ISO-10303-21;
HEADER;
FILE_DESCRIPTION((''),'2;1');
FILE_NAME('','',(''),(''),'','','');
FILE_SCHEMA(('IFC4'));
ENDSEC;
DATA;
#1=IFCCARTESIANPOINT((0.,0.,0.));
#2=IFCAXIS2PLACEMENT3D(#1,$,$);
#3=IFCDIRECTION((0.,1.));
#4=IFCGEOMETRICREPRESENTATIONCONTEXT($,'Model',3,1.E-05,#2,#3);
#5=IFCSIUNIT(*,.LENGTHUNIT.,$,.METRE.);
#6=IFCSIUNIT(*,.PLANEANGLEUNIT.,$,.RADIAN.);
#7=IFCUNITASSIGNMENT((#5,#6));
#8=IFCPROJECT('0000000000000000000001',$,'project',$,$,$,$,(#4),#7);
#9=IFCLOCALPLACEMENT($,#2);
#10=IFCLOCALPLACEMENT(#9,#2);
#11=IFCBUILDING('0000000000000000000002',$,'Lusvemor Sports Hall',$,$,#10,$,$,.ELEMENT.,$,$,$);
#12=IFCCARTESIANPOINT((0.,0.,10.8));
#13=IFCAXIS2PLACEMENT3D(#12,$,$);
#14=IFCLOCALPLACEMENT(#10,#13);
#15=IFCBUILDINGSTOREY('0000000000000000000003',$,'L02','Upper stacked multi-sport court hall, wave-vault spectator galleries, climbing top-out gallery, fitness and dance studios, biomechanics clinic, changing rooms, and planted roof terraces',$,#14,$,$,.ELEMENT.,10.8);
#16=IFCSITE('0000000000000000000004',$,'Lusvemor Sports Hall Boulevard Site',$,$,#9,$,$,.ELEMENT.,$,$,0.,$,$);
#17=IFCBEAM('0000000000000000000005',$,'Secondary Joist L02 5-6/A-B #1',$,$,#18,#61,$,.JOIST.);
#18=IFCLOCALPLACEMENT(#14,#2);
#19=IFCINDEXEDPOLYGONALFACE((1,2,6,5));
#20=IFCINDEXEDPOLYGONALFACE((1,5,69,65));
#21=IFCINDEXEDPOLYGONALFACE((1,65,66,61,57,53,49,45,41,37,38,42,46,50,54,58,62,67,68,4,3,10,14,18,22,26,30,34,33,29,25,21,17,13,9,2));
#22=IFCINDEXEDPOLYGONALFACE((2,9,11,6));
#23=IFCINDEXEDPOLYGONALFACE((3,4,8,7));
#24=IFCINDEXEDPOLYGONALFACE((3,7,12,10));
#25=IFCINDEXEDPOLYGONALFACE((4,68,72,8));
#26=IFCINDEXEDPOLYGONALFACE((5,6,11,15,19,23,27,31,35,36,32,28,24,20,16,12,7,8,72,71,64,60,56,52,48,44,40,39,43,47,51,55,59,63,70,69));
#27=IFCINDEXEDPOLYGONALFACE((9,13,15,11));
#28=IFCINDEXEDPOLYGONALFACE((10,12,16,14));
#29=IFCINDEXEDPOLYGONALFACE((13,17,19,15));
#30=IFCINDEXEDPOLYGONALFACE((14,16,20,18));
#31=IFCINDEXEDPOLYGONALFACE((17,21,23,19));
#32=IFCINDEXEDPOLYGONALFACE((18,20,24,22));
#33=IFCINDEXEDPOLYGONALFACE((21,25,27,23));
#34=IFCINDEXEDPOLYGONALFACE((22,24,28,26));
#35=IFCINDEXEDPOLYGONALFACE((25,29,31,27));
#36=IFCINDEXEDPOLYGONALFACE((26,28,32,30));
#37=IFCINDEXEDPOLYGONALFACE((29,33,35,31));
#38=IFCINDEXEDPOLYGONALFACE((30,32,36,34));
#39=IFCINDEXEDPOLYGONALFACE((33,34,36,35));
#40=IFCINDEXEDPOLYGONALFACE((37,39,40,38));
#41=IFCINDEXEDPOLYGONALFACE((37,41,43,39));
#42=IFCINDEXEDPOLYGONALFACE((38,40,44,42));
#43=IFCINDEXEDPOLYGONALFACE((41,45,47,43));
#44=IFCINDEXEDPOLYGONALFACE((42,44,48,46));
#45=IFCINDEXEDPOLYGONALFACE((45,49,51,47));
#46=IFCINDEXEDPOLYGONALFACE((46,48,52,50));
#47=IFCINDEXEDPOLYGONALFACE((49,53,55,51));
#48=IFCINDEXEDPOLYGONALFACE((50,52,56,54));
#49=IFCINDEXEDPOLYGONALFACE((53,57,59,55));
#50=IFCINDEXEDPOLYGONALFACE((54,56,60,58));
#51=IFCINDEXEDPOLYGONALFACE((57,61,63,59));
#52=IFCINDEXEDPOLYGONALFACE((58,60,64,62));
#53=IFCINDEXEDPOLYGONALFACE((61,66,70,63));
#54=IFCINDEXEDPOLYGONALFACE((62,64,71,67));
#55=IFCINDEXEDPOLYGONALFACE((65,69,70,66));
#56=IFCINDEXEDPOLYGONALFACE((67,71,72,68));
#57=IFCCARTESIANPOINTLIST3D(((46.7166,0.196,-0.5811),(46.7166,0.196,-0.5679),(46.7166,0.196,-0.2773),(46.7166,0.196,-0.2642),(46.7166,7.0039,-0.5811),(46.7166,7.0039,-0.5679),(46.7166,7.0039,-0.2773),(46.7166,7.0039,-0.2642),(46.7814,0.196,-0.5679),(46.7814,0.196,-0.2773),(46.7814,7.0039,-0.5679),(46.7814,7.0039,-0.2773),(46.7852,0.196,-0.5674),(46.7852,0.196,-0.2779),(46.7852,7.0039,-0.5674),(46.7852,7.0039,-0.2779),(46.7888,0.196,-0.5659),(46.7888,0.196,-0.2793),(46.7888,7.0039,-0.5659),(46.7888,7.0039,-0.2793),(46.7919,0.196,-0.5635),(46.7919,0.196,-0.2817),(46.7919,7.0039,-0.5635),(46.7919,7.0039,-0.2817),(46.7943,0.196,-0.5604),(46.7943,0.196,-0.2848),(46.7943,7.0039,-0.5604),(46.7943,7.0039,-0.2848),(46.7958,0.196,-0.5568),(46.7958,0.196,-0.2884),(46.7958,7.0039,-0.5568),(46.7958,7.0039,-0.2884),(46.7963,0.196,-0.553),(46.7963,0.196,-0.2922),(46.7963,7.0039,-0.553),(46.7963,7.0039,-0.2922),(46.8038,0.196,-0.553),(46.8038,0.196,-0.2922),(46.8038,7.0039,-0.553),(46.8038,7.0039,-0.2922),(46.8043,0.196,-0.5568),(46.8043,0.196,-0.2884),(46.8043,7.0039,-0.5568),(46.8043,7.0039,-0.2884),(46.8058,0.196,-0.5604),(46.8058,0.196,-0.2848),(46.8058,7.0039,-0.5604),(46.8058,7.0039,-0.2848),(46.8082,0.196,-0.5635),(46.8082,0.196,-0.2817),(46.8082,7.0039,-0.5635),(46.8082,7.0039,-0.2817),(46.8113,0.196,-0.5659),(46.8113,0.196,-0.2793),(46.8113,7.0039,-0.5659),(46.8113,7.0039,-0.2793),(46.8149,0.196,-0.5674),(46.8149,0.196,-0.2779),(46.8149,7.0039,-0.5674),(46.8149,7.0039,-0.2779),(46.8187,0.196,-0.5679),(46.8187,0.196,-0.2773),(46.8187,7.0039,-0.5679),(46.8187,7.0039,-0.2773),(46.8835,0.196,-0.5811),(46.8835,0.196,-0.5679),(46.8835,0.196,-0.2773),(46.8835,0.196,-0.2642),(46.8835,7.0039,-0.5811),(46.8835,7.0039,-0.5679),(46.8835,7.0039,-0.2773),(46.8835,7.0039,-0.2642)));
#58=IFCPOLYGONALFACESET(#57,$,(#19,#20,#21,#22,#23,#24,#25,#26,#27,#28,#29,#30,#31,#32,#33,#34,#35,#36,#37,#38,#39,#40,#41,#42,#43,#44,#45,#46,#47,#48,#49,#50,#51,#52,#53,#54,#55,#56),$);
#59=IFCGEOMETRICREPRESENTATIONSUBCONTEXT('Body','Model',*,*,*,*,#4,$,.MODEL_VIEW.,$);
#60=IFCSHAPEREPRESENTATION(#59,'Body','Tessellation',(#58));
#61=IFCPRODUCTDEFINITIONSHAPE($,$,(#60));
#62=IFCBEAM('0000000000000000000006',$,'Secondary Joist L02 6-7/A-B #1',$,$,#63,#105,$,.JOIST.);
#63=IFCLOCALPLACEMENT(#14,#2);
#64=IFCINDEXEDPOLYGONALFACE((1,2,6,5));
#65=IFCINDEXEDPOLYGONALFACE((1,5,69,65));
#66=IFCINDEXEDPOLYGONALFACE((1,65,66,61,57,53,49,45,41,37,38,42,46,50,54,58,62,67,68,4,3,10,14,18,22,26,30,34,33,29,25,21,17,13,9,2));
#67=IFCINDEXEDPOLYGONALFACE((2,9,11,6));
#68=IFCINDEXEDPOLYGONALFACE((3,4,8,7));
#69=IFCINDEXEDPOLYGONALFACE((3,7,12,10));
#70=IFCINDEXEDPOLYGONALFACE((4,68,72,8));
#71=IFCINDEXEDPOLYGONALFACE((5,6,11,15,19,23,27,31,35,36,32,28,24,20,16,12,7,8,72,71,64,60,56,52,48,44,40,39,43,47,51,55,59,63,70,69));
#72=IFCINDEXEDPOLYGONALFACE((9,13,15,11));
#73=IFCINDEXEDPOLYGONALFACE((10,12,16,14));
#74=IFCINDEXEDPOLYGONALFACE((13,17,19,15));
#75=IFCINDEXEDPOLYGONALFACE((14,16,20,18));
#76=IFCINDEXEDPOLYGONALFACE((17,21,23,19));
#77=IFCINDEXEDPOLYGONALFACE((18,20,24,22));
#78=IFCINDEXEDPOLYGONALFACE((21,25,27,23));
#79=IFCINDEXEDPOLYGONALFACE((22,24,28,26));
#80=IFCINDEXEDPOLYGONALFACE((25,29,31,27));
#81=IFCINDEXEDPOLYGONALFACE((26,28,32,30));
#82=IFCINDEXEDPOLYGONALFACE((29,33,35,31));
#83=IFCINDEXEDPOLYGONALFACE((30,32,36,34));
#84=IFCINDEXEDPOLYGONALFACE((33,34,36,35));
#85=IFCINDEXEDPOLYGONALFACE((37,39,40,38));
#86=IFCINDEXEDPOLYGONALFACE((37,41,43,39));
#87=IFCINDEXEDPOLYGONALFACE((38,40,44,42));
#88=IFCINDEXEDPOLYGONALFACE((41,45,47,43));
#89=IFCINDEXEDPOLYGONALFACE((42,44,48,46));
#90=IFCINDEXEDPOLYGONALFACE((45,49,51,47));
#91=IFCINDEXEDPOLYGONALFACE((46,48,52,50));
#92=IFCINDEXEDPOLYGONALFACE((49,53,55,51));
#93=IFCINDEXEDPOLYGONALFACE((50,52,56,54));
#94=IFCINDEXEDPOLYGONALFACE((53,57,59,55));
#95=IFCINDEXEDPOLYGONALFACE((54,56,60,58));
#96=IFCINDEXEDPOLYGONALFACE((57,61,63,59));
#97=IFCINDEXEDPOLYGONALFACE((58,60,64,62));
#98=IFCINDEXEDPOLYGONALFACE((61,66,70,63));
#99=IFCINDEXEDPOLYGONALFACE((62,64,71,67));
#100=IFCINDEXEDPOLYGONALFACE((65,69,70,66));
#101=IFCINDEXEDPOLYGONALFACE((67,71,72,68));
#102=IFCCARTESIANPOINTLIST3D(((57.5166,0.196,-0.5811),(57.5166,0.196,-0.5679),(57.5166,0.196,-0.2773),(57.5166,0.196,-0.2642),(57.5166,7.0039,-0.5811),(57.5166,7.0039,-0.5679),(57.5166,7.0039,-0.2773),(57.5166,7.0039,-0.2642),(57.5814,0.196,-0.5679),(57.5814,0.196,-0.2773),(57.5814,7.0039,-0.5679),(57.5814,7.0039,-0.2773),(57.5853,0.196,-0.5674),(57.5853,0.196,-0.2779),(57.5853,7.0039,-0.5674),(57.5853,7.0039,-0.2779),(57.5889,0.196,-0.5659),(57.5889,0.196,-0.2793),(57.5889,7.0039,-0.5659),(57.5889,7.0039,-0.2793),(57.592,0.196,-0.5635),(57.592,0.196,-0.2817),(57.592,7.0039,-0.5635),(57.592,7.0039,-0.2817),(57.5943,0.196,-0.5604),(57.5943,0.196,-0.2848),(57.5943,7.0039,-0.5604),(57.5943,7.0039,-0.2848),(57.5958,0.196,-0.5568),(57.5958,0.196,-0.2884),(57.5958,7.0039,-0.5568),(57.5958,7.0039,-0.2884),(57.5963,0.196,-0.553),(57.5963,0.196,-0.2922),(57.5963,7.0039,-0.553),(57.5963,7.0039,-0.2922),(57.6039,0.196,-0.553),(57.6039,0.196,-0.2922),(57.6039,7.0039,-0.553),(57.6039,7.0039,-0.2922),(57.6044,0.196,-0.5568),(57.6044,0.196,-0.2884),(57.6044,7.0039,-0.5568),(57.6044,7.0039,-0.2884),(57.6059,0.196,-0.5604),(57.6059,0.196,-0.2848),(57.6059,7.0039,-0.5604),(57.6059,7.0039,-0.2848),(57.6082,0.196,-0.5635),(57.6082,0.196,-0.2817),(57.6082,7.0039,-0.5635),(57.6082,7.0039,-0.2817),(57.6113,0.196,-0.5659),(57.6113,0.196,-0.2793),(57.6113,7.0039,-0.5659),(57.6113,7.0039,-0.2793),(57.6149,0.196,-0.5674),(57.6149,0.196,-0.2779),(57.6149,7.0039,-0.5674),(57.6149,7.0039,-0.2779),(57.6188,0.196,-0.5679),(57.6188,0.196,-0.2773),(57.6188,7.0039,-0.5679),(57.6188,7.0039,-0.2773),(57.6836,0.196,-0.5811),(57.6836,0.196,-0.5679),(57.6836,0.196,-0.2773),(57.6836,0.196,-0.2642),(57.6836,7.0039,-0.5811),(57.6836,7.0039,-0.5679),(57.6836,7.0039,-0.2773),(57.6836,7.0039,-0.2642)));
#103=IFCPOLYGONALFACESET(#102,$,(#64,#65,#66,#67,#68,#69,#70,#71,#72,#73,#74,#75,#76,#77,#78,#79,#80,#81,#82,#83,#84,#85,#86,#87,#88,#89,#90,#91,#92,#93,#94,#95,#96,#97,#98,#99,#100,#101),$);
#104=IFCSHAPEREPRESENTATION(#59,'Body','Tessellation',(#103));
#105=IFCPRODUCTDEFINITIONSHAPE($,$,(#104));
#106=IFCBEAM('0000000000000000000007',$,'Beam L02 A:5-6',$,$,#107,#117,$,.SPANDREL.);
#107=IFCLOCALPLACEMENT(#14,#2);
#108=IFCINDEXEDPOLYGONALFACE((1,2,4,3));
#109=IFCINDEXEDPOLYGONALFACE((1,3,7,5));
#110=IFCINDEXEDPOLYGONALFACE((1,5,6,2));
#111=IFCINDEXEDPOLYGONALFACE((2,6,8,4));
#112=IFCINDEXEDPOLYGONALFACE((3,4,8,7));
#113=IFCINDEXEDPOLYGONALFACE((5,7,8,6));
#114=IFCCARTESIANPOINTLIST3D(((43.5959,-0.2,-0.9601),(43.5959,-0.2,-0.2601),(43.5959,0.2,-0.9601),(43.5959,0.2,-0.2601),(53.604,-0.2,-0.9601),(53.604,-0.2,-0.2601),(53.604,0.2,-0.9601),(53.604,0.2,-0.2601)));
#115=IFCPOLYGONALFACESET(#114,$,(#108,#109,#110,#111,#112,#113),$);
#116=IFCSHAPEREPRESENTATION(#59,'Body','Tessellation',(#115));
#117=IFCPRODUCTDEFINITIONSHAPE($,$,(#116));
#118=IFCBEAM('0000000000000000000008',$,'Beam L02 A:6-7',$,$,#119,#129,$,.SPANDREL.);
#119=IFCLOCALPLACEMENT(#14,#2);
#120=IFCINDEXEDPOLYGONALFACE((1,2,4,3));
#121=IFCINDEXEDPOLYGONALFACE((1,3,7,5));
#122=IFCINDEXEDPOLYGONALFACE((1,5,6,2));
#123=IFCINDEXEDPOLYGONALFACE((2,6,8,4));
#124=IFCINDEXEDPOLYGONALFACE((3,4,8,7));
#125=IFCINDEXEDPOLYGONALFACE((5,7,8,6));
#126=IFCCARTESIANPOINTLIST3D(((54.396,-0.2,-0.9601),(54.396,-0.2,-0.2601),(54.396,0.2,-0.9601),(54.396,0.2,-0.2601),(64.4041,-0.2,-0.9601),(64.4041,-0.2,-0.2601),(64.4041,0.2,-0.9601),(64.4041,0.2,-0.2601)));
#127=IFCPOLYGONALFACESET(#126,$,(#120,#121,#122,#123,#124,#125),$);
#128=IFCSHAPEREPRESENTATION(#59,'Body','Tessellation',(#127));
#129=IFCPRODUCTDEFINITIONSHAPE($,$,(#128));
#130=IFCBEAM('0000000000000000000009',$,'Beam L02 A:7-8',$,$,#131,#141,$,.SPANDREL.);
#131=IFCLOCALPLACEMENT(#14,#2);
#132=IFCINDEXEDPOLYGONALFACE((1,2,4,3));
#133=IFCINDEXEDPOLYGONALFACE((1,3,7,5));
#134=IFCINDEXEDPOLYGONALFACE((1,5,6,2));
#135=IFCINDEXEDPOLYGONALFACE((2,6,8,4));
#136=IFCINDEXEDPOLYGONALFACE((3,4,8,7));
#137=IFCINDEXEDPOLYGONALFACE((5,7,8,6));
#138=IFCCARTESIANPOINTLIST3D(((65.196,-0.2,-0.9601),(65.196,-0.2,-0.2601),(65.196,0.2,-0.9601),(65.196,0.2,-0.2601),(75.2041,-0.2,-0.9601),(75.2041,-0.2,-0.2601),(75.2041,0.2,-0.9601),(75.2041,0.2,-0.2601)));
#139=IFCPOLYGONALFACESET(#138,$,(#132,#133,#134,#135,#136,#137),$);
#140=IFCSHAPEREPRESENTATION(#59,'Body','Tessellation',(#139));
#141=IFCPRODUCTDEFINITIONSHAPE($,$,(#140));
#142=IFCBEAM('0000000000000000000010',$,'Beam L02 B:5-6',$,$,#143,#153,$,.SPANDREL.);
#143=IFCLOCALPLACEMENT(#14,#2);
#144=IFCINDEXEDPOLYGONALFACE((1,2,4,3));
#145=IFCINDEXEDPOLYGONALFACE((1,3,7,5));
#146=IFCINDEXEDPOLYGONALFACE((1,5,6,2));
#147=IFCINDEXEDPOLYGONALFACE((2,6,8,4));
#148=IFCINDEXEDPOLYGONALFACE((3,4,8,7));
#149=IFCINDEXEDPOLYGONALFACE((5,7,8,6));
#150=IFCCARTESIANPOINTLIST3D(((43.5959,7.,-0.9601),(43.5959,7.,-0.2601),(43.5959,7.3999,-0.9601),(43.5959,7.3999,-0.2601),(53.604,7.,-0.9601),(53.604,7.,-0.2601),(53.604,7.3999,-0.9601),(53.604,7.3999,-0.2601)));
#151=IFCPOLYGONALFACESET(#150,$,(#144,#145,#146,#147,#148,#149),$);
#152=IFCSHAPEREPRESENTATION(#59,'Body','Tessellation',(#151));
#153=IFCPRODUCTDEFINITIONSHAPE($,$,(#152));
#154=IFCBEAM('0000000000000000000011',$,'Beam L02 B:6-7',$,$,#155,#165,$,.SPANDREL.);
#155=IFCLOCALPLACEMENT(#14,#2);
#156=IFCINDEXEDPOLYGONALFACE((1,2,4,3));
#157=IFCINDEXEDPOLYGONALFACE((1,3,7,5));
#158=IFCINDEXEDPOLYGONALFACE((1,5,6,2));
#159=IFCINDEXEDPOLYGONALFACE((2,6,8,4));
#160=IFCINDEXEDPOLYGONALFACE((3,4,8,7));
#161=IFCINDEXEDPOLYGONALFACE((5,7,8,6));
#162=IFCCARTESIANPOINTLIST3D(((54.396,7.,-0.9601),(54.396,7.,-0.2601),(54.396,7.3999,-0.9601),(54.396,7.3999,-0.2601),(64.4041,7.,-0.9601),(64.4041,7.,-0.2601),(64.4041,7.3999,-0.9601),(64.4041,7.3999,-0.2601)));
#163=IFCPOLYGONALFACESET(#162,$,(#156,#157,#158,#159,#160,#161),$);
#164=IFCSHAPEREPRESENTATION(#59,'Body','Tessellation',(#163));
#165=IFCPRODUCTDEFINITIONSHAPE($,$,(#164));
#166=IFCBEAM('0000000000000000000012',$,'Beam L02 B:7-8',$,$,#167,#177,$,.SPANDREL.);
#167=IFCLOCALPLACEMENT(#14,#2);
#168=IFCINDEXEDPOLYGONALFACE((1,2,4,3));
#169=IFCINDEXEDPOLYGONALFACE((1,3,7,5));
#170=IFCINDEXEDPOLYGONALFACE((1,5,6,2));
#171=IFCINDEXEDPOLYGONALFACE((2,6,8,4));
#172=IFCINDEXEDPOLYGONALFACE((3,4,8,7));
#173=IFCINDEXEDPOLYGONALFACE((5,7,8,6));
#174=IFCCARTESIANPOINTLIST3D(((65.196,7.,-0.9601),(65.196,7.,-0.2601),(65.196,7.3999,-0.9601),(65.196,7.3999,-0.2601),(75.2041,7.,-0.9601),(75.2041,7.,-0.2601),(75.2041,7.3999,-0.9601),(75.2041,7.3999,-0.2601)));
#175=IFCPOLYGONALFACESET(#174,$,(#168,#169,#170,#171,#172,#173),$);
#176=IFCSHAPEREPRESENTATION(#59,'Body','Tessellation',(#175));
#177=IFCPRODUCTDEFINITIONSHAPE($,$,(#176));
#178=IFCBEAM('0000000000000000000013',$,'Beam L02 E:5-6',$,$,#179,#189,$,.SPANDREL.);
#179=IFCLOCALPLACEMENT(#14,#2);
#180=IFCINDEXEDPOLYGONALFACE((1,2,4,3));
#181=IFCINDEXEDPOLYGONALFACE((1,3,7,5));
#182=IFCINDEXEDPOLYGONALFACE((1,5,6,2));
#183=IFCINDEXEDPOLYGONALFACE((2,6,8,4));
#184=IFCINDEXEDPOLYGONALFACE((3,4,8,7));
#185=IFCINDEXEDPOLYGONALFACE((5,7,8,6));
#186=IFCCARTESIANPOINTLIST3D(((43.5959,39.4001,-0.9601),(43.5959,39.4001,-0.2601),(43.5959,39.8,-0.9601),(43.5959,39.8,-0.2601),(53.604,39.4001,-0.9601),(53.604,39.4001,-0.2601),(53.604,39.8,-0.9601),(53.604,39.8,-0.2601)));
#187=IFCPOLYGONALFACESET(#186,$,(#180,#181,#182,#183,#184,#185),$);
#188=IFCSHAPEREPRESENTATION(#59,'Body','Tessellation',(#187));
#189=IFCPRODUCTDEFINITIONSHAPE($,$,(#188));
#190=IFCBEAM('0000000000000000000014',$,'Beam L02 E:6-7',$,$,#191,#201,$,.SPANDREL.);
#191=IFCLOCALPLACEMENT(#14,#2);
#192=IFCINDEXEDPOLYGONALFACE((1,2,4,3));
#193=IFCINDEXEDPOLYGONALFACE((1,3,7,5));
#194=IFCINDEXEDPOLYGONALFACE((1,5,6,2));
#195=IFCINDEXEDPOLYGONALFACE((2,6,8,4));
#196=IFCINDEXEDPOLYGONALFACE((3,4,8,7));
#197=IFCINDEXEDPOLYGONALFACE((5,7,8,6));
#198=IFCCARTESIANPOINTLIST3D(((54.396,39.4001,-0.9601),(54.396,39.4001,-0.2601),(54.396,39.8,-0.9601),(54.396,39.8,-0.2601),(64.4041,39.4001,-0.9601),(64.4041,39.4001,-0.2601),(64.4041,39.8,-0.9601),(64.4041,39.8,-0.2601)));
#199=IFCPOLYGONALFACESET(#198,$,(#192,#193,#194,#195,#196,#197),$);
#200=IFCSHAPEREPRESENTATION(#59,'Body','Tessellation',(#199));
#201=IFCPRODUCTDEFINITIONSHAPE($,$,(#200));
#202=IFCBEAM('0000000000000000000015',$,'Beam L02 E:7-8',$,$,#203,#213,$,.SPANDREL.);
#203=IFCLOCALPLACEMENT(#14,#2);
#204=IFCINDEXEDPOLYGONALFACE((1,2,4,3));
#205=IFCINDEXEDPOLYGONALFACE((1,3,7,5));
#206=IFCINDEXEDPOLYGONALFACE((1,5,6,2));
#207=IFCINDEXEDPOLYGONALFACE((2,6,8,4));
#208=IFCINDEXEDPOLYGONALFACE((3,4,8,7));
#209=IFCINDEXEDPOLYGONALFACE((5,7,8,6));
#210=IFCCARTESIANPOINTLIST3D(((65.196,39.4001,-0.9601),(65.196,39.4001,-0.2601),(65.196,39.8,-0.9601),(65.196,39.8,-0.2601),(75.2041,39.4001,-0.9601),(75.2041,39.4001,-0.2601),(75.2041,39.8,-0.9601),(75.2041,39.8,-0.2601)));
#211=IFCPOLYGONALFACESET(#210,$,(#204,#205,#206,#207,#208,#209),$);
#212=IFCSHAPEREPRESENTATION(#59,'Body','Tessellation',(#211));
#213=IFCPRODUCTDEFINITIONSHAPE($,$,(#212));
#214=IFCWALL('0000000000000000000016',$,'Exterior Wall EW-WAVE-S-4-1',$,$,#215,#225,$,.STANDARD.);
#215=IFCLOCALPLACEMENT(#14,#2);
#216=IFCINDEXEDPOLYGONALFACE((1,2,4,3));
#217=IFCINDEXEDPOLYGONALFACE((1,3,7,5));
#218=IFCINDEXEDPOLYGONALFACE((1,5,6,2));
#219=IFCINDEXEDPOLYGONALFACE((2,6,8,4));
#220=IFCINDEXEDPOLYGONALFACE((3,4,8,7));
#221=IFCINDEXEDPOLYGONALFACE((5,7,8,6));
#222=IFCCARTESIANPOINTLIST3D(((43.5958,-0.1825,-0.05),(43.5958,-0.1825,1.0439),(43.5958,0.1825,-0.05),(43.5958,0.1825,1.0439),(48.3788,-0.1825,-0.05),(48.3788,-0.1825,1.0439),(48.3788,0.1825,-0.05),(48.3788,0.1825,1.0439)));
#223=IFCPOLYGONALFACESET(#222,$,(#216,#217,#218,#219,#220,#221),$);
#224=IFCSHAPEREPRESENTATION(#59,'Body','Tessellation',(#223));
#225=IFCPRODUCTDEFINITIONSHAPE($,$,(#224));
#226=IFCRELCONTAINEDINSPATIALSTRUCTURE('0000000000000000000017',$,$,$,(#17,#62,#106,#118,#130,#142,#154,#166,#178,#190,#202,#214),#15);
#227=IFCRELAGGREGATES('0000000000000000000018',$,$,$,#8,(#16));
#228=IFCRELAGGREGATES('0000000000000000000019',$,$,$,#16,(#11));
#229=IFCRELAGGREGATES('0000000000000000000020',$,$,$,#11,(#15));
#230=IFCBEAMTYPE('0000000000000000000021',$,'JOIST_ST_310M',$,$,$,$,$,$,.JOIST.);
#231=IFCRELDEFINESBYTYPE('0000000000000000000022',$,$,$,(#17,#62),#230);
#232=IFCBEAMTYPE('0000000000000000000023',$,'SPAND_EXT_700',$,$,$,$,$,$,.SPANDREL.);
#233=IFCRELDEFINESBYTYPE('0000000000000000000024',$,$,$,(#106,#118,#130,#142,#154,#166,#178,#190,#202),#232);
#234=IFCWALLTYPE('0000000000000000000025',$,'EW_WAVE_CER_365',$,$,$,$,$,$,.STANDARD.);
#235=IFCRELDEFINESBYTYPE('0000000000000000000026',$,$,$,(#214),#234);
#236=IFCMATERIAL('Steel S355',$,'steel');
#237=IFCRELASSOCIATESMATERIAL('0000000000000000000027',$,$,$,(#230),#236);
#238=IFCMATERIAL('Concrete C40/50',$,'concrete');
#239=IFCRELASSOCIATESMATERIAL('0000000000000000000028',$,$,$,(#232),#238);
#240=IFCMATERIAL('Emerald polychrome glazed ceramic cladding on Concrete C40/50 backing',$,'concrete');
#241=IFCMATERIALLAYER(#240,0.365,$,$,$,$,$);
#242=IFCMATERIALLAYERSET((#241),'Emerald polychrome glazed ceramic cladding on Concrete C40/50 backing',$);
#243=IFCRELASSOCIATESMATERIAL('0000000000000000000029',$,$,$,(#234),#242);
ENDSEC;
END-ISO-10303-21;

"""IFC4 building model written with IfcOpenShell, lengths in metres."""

from ifc_helpers import new_model, si_unit, direction, frame, frame_2d, origin, origin_2d, place, context, subcontext, project, spatial, rectangle, i_section, extrude, material, layer, layer_set, material_profile, profile_set, type_object, element, save


model = new_model("IFC4")

# Units and contexts
model_context = context("Model", 3, precision=1e-05, world=origin(), true_north=direction((0.0, 1.0)))
body_context = subcontext(model_context, "Body", "Model", "MODEL_VIEW")
ifc_project = project(units=[si_unit("LENGTHUNIT", "METRE"), si_unit("PLANEANGLEUNIT", "RADIAN")], contexts=[model_context])

# Site, building, storey
site_placement = place(None, origin())
site = spatial("IfcSite", under=ifc_project, at=site_placement, Name="Lusvemor Sports Hall Boulevard Site", CompositionType="ELEMENT", RefElevation=0.0)
building_placement = place(site_placement, origin())
building = spatial("IfcBuilding", under=site, at=building_placement, Name="Lusvemor Sports Hall", CompositionType="ELEMENT")
storey_placement = place(building_placement, frame((0.0, 0.0, 10.8)))
storey = spatial("IfcBuildingStorey", under=building, at=storey_placement, Name="L02", Description="Upper stacked multi-sport court hall, wave-vault spectator galleries, climbing top-out gallery, fitness and dance studios, biomechanics clinic, changing rooms, and planted roof terraces", CompositionType="ELEMENT", Elevation=10.8)

# Beams
ifc_material_1 = material(Name="Steel S355", Category="steel")
ifc_material_profile_1 = material_profile(ifc_material_1, i_section(OverallWidth=0.167, OverallDepth=0.3169, WebThickness=0.0076, FlangeThickness=0.0132, FilletRadius=0.0149, at=origin_2d()), Name="W310x52.0")
ifc_profile_set_1 = profile_set([ifc_material_profile_1], Name="Steel S355")
beam_type_1 = type_object("IfcBeamType", Name="JOIST_ST_310M", PredefinedType="JOIST", material=ifc_profile_set_1)
for number, where, z_axis, x_axis, name in (
    (1, (46.8, 0.196, -0.4226), (0.0, 1.0, 0.0), (-1.0, 0.0, 0.0), "Secondary Joist L02 5-6/A-B #1"),
    (2, (57.6001, 0.196, -0.4226), (0.0, 1.0, 0.0), (-1.0, 0.0, 0.0), "Secondary Joist L02 6-7/A-B #1"),
):
    element("IfcBeam", number, at=place(storey_placement, frame(where, z_axis=z_axis, x_axis=x_axis)), inside=storey, type_object=beam_type_1, Name=name, PredefinedType="JOIST", context=body_context, shape_type="SweptSolid", body=[
        extrude(i_section(OverallWidth=0.167, OverallDepth=0.3169, WebThickness=0.0076, FlangeThickness=0.0132, FilletRadius=0.0149, at=origin_2d()), origin(), (0.0, 0.0, 1.0), 6.8079),
    ])
ifc_material_2 = material(Name="Concrete C40/50", Category="concrete")
ifc_material_profile_2 = material_profile(ifc_material_2, rectangle(XDim=0.3999, YDim=0.7, at=origin_2d()), Name="RC400x700")
ifc_profile_set_2 = profile_set([ifc_material_profile_2], Name="Concrete C40/50")
beam_type_2 = type_object("IfcBeamType", Name="SPAND_EXT_700", PredefinedType="SPANDREL", material=ifc_profile_set_2)
for number, where, z_axis, x_axis, name in (
    (3, (43.5959, 0.0, -0.6101), (1.0, 0.0, 0.0), (0.0, 1.0, 0.0), "Beam L02 A:5-6"),
    (4, (54.396, 0.0, -0.6101), (1.0, 0.0, 0.0), (0.0, 1.0, 0.0), "Beam L02 A:6-7"),
    (5, (65.196, 0.0, -0.6101), (1.0, 0.0, 0.0), (0.0, 1.0, 0.0), "Beam L02 A:7-8"),
    (6, (43.5959, 7.2, -0.6101), (1.0, 0.0, 0.0), (0.0, 1.0, 0.0), "Beam L02 B:5-6"),
    (7, (54.396, 7.2, -0.6101), (1.0, 0.0, 0.0), (0.0, 1.0, 0.0), "Beam L02 B:6-7"),
    (8, (65.196, 7.2, -0.6101), (1.0, 0.0, 0.0), (0.0, 1.0, 0.0), "Beam L02 B:7-8"),
    (9, (43.5959, 39.6001, -0.6101), (1.0, 0.0, 0.0), (0.0, 1.0, 0.0), "Beam L02 E:5-6"),
    (10, (54.396, 39.6001, -0.6101), (1.0, 0.0, 0.0), (0.0, 1.0, 0.0), "Beam L02 E:6-7"),
    (11, (65.196, 39.6001, -0.6101), (1.0, 0.0, 0.0), (0.0, 1.0, 0.0), "Beam L02 E:7-8"),
):
    element("IfcBeam", number, at=place(storey_placement, frame(where, z_axis=z_axis, x_axis=x_axis)), inside=storey, type_object=beam_type_2, Name=name, PredefinedType="SPANDREL", context=body_context, shape_type="SweptSolid", body=[
        extrude(rectangle(XDim=0.3999, YDim=0.7, at=origin_2d()), origin(), (0.0, 0.0, 1.0), 10.0081),
    ])

# Wall
ifc_material_3 = material(Name="Emerald polychrome glazed ceramic cladding on Concrete C40/50 backing", Category="concrete")
ifc_layer = layer(ifc_material_3, 0.365)
ifc_layer_set = layer_set([ifc_layer], Name="Emerald polychrome glazed ceramic cladding on Concrete C40/50 backing")
wall_type = type_object("IfcWallType", Name="EW_WAVE_CER_365", PredefinedType="STANDARD", material=ifc_layer_set)
wall_1_placement = place(storey_placement, frame((48.3789, 0.0, -0.05), z_axis=(0.0, 0.0, 1.0), x_axis=(-1.0, 0.0, 0.0)))
element("IfcWall", 12, at=wall_1_placement, inside=storey, type_object=wall_type, Name="Exterior Wall EW-WAVE-S-4-1", PredefinedType="STANDARD", context=body_context, shape_type="SweptSolid", body=[
    extrude(rectangle(XDim=4.783, YDim=0.365, at=frame_2d((2.3916, 0.0))), origin(), (0.0, 0.0, 1.0), 1.094),
])

save(model, "model.ifc")
